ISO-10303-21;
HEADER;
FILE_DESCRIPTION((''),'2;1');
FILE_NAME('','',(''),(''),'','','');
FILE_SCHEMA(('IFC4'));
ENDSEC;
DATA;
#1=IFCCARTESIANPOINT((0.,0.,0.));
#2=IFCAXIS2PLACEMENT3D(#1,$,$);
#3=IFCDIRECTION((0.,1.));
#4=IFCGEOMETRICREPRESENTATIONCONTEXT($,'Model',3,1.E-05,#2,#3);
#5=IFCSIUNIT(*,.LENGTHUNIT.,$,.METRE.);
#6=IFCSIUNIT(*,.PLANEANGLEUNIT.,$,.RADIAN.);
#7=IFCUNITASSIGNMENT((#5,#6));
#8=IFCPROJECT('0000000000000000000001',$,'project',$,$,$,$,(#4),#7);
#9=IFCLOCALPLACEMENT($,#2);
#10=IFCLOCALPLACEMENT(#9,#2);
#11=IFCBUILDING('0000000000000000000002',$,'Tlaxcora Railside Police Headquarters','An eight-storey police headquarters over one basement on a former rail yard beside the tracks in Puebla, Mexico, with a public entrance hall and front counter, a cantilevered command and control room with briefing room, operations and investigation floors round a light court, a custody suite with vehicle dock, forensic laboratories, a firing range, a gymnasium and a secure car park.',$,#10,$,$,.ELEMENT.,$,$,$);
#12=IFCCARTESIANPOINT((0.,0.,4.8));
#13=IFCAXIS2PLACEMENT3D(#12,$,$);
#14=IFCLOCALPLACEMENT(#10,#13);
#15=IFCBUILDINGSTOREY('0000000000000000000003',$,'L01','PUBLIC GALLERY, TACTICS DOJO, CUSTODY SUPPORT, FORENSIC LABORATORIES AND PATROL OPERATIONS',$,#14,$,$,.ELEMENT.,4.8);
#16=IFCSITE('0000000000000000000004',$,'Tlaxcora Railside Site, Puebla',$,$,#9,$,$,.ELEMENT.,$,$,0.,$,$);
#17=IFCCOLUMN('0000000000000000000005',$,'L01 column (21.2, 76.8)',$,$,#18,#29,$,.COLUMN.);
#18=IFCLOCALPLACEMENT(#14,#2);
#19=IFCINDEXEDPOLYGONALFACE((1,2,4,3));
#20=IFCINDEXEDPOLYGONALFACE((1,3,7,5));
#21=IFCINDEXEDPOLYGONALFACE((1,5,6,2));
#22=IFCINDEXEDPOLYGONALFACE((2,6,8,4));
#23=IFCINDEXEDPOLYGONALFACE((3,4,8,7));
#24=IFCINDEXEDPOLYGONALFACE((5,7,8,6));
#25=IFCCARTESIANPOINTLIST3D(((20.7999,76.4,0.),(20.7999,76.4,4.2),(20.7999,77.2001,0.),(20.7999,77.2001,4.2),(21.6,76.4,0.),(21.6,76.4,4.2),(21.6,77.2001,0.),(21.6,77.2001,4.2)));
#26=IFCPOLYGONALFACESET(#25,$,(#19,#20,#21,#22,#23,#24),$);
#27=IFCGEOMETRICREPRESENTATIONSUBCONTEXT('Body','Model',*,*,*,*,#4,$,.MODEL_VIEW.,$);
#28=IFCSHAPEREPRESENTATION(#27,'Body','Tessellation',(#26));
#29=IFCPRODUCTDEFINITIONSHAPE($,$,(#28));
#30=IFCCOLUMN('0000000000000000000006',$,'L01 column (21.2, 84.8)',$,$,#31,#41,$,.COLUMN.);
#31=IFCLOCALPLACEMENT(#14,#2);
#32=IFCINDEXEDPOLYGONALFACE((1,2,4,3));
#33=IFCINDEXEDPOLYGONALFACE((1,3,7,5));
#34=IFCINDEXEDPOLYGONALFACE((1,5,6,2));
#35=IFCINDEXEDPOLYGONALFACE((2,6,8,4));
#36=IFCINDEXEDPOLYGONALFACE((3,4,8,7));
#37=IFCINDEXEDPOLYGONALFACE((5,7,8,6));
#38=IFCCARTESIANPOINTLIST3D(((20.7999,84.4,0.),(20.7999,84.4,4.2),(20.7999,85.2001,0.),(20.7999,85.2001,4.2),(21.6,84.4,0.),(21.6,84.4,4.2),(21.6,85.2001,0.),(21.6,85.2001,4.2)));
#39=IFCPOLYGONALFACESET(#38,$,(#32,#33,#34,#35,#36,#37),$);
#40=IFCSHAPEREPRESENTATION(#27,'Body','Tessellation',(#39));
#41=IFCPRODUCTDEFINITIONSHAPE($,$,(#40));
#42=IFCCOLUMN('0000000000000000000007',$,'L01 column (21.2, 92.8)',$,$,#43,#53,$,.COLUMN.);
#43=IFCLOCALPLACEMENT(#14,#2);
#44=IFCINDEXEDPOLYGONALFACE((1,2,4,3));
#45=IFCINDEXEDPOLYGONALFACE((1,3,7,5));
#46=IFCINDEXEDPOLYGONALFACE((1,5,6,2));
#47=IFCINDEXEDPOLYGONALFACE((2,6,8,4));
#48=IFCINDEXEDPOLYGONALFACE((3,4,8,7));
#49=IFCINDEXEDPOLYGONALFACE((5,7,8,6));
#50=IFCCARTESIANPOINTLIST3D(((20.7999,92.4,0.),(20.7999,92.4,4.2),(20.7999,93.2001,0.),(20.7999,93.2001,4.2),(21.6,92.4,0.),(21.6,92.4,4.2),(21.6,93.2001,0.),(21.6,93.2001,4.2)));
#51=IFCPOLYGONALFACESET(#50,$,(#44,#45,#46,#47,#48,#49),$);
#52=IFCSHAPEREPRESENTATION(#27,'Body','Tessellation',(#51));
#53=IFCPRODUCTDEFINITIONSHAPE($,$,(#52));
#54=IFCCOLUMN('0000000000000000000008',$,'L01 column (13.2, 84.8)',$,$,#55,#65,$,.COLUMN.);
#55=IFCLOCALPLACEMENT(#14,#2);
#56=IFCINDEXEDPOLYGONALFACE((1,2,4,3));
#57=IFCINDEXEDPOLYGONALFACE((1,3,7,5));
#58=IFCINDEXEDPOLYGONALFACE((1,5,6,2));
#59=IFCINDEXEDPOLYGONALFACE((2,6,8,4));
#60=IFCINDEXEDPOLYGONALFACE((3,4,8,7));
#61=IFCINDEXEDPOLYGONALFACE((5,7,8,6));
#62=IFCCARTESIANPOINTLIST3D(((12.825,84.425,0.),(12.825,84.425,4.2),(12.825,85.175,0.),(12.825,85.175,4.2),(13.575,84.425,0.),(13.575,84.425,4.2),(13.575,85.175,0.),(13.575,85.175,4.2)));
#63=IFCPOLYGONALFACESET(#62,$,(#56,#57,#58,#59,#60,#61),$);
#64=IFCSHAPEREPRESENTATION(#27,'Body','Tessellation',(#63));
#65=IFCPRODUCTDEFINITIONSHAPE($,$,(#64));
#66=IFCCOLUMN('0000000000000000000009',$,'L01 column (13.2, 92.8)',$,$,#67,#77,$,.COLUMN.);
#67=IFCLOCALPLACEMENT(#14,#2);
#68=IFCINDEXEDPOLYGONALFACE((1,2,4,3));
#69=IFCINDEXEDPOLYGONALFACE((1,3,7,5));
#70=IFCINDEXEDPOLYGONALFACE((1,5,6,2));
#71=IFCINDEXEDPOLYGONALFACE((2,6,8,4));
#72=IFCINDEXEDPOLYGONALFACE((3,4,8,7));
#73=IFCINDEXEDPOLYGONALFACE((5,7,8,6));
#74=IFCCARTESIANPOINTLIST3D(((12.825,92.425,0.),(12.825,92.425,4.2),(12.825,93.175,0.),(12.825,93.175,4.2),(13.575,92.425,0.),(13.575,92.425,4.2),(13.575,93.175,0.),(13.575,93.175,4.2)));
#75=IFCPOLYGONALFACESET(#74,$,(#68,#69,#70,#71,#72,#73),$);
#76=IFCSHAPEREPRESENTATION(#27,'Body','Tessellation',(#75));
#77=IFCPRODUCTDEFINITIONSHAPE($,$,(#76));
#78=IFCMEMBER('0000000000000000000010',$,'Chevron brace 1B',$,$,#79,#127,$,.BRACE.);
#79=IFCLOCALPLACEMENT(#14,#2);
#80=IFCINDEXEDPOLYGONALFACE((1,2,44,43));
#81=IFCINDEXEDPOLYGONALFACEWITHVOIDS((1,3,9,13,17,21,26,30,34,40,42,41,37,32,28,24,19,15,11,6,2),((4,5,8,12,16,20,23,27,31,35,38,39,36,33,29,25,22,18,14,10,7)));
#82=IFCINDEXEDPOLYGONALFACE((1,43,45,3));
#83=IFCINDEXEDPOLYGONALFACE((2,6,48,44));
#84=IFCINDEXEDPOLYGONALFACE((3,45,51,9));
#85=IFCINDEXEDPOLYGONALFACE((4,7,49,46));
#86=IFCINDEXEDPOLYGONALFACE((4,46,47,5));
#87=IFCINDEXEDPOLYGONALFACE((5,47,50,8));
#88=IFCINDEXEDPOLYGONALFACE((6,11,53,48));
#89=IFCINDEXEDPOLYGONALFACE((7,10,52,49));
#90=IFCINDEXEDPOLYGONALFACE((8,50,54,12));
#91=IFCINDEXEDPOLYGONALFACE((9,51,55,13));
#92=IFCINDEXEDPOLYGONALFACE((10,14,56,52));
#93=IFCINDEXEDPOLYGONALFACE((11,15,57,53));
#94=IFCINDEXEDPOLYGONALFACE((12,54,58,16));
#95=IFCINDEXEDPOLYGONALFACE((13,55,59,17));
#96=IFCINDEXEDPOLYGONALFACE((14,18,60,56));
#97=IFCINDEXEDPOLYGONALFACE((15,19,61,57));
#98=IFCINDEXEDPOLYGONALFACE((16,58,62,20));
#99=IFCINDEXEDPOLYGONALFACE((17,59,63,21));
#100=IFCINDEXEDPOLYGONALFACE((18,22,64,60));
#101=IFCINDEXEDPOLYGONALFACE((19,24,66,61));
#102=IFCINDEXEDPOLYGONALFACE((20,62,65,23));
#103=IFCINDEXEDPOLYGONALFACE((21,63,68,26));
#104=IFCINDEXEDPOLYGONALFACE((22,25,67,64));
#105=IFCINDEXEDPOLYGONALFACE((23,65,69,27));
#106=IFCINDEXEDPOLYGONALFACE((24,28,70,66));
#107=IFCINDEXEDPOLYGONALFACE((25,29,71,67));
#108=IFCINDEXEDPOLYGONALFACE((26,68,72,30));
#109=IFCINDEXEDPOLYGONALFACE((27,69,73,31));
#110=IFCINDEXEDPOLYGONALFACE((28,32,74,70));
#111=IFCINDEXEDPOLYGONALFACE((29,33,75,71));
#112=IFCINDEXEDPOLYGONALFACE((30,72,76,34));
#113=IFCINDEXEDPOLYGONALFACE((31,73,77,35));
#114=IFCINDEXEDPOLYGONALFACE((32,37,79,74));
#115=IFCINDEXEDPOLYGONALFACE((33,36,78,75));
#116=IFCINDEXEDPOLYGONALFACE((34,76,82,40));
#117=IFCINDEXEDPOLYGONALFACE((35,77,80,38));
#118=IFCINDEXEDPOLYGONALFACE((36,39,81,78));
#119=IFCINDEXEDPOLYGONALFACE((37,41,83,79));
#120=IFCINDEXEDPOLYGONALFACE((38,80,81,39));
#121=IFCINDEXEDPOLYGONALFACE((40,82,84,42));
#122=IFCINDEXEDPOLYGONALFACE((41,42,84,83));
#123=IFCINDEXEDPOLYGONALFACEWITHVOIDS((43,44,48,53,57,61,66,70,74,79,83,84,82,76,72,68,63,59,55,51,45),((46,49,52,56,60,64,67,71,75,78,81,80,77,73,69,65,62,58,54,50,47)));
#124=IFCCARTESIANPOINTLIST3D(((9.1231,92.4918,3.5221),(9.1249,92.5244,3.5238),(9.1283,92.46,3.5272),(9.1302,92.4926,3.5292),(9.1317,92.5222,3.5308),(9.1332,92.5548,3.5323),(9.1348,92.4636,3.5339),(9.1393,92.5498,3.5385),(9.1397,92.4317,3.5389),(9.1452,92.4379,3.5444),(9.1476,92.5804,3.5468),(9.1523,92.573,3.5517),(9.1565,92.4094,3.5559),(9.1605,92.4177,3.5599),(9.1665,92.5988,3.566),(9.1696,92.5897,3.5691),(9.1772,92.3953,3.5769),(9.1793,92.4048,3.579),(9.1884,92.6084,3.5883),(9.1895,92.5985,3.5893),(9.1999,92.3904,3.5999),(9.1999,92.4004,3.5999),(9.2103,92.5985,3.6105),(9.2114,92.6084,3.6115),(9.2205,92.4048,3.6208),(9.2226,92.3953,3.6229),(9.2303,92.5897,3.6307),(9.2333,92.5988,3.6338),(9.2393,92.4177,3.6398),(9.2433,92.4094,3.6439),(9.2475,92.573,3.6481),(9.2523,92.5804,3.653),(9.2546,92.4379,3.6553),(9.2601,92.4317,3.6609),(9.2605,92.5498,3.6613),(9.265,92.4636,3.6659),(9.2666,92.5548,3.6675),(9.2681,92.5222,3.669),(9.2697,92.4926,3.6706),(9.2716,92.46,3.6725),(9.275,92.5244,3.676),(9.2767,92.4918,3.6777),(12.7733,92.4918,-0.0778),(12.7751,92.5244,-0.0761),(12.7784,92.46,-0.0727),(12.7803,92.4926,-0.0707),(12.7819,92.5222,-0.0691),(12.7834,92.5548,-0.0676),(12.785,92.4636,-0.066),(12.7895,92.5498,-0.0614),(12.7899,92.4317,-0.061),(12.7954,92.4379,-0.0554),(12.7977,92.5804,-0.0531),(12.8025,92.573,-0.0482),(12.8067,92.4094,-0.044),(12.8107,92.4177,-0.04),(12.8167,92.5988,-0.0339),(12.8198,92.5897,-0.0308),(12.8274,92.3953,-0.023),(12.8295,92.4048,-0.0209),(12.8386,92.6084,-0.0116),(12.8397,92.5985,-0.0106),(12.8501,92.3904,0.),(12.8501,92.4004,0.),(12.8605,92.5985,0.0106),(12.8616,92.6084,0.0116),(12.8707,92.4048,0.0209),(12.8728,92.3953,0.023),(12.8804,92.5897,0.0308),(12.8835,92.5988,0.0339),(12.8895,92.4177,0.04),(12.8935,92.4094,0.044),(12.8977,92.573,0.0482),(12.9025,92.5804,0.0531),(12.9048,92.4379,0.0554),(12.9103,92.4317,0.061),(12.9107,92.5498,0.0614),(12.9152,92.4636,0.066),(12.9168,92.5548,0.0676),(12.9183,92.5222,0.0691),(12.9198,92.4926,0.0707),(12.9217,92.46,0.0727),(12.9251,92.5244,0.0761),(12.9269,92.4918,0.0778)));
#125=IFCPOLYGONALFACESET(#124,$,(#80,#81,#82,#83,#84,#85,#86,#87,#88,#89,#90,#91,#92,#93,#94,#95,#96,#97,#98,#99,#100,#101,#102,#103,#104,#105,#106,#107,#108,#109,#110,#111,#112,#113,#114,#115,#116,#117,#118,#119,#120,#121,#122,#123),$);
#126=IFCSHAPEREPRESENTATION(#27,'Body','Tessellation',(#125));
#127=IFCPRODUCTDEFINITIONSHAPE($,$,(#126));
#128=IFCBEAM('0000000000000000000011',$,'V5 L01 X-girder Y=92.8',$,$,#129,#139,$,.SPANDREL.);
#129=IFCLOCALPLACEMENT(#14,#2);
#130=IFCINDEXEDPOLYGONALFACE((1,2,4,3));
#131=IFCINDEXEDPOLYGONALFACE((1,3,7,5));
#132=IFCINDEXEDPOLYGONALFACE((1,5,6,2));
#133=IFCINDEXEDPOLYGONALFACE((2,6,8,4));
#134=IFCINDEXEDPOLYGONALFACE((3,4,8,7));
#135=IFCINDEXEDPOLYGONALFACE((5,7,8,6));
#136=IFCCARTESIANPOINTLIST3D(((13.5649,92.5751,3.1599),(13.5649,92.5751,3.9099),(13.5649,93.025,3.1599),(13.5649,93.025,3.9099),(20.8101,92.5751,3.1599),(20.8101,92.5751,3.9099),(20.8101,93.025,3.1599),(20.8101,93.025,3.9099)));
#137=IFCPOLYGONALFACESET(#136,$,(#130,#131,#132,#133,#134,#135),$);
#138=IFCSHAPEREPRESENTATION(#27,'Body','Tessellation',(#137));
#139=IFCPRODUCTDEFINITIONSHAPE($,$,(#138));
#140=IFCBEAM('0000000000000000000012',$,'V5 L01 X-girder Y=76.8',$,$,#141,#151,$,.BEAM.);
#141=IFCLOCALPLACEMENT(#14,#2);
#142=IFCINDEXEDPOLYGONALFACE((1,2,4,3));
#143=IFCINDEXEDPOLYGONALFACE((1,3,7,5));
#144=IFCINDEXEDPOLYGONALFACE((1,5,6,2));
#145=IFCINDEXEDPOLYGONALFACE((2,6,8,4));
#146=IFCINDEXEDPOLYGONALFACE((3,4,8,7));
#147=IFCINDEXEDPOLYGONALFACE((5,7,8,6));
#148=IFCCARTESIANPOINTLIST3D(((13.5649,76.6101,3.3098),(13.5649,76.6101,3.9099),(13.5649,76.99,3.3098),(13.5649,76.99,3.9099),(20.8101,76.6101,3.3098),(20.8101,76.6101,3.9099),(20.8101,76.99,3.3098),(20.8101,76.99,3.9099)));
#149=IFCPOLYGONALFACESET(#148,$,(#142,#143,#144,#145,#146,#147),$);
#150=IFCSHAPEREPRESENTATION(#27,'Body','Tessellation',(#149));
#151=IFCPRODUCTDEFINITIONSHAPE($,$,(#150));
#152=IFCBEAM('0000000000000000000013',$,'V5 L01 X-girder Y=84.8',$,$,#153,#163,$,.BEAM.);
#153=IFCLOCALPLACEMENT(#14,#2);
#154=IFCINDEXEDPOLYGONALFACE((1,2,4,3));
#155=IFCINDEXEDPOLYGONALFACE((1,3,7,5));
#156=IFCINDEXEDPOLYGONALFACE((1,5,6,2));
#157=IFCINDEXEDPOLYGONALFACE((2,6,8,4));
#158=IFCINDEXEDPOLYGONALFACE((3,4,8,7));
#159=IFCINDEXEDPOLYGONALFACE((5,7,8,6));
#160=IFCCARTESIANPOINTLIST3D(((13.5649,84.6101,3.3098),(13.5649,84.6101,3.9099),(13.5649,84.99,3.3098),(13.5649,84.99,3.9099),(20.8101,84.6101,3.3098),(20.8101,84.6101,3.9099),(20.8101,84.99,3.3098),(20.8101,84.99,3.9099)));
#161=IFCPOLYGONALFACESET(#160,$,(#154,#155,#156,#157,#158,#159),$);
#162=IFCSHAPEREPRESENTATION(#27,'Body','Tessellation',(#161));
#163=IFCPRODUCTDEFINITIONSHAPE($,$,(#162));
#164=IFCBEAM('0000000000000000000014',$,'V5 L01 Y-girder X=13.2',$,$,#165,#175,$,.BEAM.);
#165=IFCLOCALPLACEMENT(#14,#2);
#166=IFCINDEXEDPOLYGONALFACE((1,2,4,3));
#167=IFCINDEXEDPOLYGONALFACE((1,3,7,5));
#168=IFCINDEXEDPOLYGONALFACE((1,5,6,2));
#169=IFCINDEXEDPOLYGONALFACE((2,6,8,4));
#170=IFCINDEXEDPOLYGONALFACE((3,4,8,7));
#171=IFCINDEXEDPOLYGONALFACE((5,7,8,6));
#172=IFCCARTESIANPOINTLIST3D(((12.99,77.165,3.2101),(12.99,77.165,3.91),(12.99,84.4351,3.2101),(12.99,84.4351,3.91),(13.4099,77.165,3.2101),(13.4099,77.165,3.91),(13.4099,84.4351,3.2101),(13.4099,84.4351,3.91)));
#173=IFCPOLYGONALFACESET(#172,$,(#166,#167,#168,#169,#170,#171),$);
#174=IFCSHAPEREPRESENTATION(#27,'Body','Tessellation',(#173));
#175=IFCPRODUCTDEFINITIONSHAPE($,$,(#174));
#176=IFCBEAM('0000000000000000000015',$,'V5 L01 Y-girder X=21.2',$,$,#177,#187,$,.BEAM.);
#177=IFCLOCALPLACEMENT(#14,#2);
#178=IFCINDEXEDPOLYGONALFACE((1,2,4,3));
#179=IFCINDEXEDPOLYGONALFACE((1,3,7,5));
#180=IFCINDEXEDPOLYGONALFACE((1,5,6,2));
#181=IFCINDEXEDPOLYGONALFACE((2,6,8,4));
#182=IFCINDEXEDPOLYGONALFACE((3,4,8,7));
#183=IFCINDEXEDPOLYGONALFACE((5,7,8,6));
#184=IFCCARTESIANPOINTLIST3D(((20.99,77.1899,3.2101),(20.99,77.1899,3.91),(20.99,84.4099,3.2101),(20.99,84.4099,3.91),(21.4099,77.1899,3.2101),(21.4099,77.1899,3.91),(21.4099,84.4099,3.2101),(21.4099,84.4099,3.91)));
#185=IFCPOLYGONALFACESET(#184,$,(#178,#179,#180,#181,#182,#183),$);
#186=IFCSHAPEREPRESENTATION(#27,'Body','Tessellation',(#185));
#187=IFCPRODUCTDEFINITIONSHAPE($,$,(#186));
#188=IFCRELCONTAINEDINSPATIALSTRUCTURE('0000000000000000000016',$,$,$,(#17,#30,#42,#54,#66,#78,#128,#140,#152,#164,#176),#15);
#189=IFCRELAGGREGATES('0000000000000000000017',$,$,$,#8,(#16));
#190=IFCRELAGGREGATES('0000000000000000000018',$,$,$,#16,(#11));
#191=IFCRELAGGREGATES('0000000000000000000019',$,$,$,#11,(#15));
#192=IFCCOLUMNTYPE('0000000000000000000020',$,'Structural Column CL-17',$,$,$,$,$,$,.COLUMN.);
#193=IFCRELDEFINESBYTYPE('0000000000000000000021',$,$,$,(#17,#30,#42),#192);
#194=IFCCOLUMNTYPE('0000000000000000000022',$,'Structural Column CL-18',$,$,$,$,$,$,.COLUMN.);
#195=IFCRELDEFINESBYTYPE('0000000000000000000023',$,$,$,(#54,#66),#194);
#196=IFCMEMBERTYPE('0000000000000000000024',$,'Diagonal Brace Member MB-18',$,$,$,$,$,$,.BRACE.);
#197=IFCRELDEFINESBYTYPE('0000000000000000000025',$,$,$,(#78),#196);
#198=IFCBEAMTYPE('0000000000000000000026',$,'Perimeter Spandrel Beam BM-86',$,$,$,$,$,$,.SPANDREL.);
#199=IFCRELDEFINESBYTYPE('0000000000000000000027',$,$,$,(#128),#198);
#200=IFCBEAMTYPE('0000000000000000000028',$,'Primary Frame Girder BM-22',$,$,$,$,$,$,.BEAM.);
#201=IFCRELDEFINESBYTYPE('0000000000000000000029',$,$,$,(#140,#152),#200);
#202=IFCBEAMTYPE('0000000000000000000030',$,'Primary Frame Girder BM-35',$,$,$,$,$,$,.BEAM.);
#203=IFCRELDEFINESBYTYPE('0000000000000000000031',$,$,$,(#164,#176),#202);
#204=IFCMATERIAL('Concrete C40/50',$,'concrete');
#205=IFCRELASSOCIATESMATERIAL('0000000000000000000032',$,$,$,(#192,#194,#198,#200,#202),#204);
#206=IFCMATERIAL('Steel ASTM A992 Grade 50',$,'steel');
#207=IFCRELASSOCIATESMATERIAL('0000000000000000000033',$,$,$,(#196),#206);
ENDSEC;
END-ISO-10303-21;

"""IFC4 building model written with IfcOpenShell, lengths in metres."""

from ifc_helpers import new_model, si_unit, direction, frame, origin, origin_2d, place, context, subcontext, project, spatial, rectangle, hollow_circle, extrude, material, material_profile, profile_set, type_object, element, save


model = new_model("IFC4")

# Units and contexts
model_context = context("Model", 3, precision=1e-05, world=origin(), true_north=direction((0.0, 1.0)))
body_context = subcontext(model_context, "Body", "Model", "MODEL_VIEW")
ifc_project = project(units=[si_unit("LENGTHUNIT", "METRE"), si_unit("PLANEANGLEUNIT", "RADIAN")], contexts=[model_context])

# Site, building, storey
site_placement = place(None, origin())
site = spatial("IfcSite", under=ifc_project, at=site_placement, Name="Tlaxcora Railside Site, Puebla", CompositionType="ELEMENT", RefElevation=0.0)
building_placement = place(site_placement, origin())
building = spatial("IfcBuilding", under=site, at=building_placement, Name="Tlaxcora Railside Police Headquarters", Description="An eight-storey police headquarters over one basement on a former rail yard beside the tracks in Puebla, Mexico, with a public entrance hall and front counter, a cantilevered command and control room with briefing room, operations and investigation floors round a light court, a custody suite with vehicle dock, forensic laboratories, a firing range, a gymnasium and a secure car park.", CompositionType="ELEMENT")
storey_placement = place(building_placement, frame((0.0, 0.0, 4.8)))
storey = spatial("IfcBuildingStorey", under=building, at=storey_placement, Name="L01", Description="PUBLIC GALLERY, TACTICS DOJO, CUSTODY SUPPORT, FORENSIC LABORATORIES AND PATROL OPERATIONS", CompositionType="ELEMENT", Elevation=4.8)

# Columns
ifc_material_1 = material(Name="Concrete C40/50", Category="concrete")
ifc_material_profile_1 = material_profile(ifc_material_1, rectangle(XDim=0.8, YDim=0.8, at=origin_2d()), Name="RC800X800")
ifc_profile_set_1 = profile_set([ifc_material_profile_1], Name="Concrete C40/50")
column_type_1 = type_object("IfcColumnType", Name="Structural Column CL-17", PredefinedType="COLUMN", material=ifc_profile_set_1)
for number, where, z_axis, x_axis, name in (
    (1, (21.2, 76.8, 0.0), (0.0, 0.0, 1.0), (1.0, 0.0, 0.0), "L01 column (21.2, 76.8)"),
    (2, (21.2, 84.8, 0.0), (0.0, 0.0, 1.0), (1.0, 0.0, 0.0), "L01 column (21.2, 84.8)"),
    (3, (21.2, 92.8, 0.0), (0.0, 0.0, 1.0), (1.0, 0.0, 0.0), "L01 column (21.2, 92.8)"),
):
    element("IfcColumn", number, at=place(storey_placement, frame(where, z_axis=z_axis, x_axis=x_axis)), inside=storey, type_object=column_type_1, Name=name, PredefinedType="COLUMN", context=body_context, shape_type="SweptSolid", body=[
        extrude(rectangle(XDim=0.8, YDim=0.8, at=origin_2d()), origin(), (0.0, 0.0, 1.0), 4.2),
    ])
ifc_material_profile_2 = material_profile(ifc_material_1, rectangle(XDim=0.75, YDim=0.75, at=origin_2d()), Name="RC750X750")
ifc_profile_set_2 = profile_set([ifc_material_profile_2], Name="Concrete C40/50")
column_type_2 = type_object("IfcColumnType", Name="Structural Column CL-18", PredefinedType="COLUMN", material=ifc_profile_set_2)
for number, where, z_axis, x_axis, name in (
    (4, (13.2, 84.8, 0.0), (0.0, 0.0, 1.0), (1.0, 0.0, 0.0), "L01 column (13.2, 84.8)"),
    (5, (13.2, 92.8, 0.0), (0.0, 0.0, 1.0), (1.0, 0.0, 0.0), "L01 column (13.2, 92.8)"),
):
    element("IfcColumn", number, at=place(storey_placement, frame(where, z_axis=z_axis, x_axis=x_axis)), inside=storey, type_object=column_type_2, Name=name, PredefinedType="COLUMN", context=body_context, shape_type="SweptSolid", body=[
        extrude(rectangle(XDim=0.75, YDim=0.75, at=origin_2d()), origin(), (0.0, 0.0, 1.0), 4.2),
    ])

# Member
ifc_material_2 = material(Name="Steel ASTM A992 Grade 50", Category="steel")
ifc_material_profile_3 = material_profile(ifc_material_2, hollow_circle(Radius=0.1096, WallThickness=0.01, at=origin_2d()), Name="CHS219X10")
ifc_profile_set_3 = profile_set([ifc_material_profile_3], Name="Steel ASTM A992 Grade 50")
member_type = type_object("IfcMemberType", Name="Diagonal Brace Member MB-18", PredefinedType="BRACE", material=ifc_profile_set_3)
member_placement = place(storey_placement, frame((12.8501, 92.5, 0.0), z_axis=(-0.711995, 0.0, 0.702185), x_axis=(0.0, -1.0, 0.0)))
element("IfcMember", 6, at=member_placement, inside=storey, type_object=member_type, Name="Chevron brace 1B", PredefinedType="BRACE", context=body_context, shape_type="SweptSolid", body=[
    extrude(hollow_circle(Radius=0.1096, WallThickness=0.01, at=origin_2d()), origin(), (0.0, 0.0, 1.0), 5.1267),
])

# Beams
ifc_material_profile_4 = material_profile(ifc_material_1, rectangle(XDim=0.45, YDim=0.75, at=origin_2d()), Name="RC450X750")
ifc_profile_set_4 = profile_set([ifc_material_profile_4], Name="Concrete C40/50")
beam_type_1 = type_object("IfcBeamType", Name="Perimeter Spandrel Beam BM-86", PredefinedType="SPANDREL", material=ifc_profile_set_4)
beam_1_placement = place(storey_placement, frame((13.5649, 92.8, 3.5349), z_axis=(1.0, 0.0, 0.0), x_axis=(0.0, 1.0, 0.0)))
element("IfcBeam", 7, at=beam_1_placement, inside=storey, type_object=beam_type_1, Name="V5 L01 X-girder Y=92.8", PredefinedType="SPANDREL", context=body_context, shape_type="SweptSolid", body=[
    extrude(rectangle(XDim=0.45, YDim=0.75, at=origin_2d()), origin(), (0.0, 0.0, 1.0), 7.2451),
])
ifc_material_profile_5 = material_profile(ifc_material_1, rectangle(XDim=0.3799, YDim=0.6001, at=origin_2d()), Name="RC380X600")
ifc_profile_set_5 = profile_set([ifc_material_profile_5], Name="Concrete C40/50")
beam_type_2 = type_object("IfcBeamType", Name="Primary Frame Girder BM-22", PredefinedType="BEAM", material=ifc_profile_set_5)
for number, where, z_axis, x_axis, name in (
    (8, (13.5649, 76.8, 3.6099), (1.0, 0.0, 0.0), (0.0, 1.0, 0.0), "V5 L01 X-girder Y=76.8"),
    (9, (13.5649, 84.8, 3.6099), (1.0, 0.0, 0.0), (0.0, 1.0, 0.0), "V5 L01 X-girder Y=84.8"),
):
    element("IfcBeam", number, at=place(storey_placement, frame(where, z_axis=z_axis, x_axis=x_axis)), inside=storey, type_object=beam_type_2, Name=name, PredefinedType="BEAM", context=body_context, shape_type="SweptSolid", body=[
        extrude(rectangle(XDim=0.3799, YDim=0.6001, at=origin_2d()), origin(), (0.0, 0.0, 1.0), 7.2451),
    ])
ifc_material_profile_6 = material_profile(ifc_material_1, rectangle(XDim=0.4199, YDim=0.7, at=origin_2d()), Name="RC420X700")
ifc_profile_set_6 = profile_set([ifc_material_profile_6], Name="Concrete C40/50")
beam_type_3 = type_object("IfcBeamType", Name="Primary Frame Girder BM-35", PredefinedType="BEAM", material=ifc_profile_set_6)
beam_2_placement = place(storey_placement, frame((13.2, 77.165, 3.5601), z_axis=(0.0, 1.0, 0.0), x_axis=(-1.0, 0.0, 0.0)))
element("IfcBeam", 10, at=beam_2_placement, inside=storey, type_object=beam_type_3, Name="V5 L01 Y-girder X=13.2", PredefinedType="BEAM", context=body_context, shape_type="SweptSolid", body=[
    extrude(rectangle(XDim=0.4199, YDim=0.7, at=origin_2d()), origin(), (0.0, 0.0, 1.0), 7.27),
])
beam_3_placement = place(storey_placement, frame((21.2, 77.1899, 3.5601), z_axis=(0.0, 1.0, 0.0), x_axis=(-1.0, 0.0, 0.0)))
element("IfcBeam", 11, at=beam_3_placement, inside=storey, type_object=beam_type_3, Name="V5 L01 Y-girder X=21.2", PredefinedType="BEAM", context=body_context, shape_type="SweptSolid", body=[
    extrude(rectangle(XDim=0.4199, YDim=0.7, at=origin_2d()), origin(), (0.0, 0.0, 1.0), 7.22),
])

save(model, "model.ifc")
